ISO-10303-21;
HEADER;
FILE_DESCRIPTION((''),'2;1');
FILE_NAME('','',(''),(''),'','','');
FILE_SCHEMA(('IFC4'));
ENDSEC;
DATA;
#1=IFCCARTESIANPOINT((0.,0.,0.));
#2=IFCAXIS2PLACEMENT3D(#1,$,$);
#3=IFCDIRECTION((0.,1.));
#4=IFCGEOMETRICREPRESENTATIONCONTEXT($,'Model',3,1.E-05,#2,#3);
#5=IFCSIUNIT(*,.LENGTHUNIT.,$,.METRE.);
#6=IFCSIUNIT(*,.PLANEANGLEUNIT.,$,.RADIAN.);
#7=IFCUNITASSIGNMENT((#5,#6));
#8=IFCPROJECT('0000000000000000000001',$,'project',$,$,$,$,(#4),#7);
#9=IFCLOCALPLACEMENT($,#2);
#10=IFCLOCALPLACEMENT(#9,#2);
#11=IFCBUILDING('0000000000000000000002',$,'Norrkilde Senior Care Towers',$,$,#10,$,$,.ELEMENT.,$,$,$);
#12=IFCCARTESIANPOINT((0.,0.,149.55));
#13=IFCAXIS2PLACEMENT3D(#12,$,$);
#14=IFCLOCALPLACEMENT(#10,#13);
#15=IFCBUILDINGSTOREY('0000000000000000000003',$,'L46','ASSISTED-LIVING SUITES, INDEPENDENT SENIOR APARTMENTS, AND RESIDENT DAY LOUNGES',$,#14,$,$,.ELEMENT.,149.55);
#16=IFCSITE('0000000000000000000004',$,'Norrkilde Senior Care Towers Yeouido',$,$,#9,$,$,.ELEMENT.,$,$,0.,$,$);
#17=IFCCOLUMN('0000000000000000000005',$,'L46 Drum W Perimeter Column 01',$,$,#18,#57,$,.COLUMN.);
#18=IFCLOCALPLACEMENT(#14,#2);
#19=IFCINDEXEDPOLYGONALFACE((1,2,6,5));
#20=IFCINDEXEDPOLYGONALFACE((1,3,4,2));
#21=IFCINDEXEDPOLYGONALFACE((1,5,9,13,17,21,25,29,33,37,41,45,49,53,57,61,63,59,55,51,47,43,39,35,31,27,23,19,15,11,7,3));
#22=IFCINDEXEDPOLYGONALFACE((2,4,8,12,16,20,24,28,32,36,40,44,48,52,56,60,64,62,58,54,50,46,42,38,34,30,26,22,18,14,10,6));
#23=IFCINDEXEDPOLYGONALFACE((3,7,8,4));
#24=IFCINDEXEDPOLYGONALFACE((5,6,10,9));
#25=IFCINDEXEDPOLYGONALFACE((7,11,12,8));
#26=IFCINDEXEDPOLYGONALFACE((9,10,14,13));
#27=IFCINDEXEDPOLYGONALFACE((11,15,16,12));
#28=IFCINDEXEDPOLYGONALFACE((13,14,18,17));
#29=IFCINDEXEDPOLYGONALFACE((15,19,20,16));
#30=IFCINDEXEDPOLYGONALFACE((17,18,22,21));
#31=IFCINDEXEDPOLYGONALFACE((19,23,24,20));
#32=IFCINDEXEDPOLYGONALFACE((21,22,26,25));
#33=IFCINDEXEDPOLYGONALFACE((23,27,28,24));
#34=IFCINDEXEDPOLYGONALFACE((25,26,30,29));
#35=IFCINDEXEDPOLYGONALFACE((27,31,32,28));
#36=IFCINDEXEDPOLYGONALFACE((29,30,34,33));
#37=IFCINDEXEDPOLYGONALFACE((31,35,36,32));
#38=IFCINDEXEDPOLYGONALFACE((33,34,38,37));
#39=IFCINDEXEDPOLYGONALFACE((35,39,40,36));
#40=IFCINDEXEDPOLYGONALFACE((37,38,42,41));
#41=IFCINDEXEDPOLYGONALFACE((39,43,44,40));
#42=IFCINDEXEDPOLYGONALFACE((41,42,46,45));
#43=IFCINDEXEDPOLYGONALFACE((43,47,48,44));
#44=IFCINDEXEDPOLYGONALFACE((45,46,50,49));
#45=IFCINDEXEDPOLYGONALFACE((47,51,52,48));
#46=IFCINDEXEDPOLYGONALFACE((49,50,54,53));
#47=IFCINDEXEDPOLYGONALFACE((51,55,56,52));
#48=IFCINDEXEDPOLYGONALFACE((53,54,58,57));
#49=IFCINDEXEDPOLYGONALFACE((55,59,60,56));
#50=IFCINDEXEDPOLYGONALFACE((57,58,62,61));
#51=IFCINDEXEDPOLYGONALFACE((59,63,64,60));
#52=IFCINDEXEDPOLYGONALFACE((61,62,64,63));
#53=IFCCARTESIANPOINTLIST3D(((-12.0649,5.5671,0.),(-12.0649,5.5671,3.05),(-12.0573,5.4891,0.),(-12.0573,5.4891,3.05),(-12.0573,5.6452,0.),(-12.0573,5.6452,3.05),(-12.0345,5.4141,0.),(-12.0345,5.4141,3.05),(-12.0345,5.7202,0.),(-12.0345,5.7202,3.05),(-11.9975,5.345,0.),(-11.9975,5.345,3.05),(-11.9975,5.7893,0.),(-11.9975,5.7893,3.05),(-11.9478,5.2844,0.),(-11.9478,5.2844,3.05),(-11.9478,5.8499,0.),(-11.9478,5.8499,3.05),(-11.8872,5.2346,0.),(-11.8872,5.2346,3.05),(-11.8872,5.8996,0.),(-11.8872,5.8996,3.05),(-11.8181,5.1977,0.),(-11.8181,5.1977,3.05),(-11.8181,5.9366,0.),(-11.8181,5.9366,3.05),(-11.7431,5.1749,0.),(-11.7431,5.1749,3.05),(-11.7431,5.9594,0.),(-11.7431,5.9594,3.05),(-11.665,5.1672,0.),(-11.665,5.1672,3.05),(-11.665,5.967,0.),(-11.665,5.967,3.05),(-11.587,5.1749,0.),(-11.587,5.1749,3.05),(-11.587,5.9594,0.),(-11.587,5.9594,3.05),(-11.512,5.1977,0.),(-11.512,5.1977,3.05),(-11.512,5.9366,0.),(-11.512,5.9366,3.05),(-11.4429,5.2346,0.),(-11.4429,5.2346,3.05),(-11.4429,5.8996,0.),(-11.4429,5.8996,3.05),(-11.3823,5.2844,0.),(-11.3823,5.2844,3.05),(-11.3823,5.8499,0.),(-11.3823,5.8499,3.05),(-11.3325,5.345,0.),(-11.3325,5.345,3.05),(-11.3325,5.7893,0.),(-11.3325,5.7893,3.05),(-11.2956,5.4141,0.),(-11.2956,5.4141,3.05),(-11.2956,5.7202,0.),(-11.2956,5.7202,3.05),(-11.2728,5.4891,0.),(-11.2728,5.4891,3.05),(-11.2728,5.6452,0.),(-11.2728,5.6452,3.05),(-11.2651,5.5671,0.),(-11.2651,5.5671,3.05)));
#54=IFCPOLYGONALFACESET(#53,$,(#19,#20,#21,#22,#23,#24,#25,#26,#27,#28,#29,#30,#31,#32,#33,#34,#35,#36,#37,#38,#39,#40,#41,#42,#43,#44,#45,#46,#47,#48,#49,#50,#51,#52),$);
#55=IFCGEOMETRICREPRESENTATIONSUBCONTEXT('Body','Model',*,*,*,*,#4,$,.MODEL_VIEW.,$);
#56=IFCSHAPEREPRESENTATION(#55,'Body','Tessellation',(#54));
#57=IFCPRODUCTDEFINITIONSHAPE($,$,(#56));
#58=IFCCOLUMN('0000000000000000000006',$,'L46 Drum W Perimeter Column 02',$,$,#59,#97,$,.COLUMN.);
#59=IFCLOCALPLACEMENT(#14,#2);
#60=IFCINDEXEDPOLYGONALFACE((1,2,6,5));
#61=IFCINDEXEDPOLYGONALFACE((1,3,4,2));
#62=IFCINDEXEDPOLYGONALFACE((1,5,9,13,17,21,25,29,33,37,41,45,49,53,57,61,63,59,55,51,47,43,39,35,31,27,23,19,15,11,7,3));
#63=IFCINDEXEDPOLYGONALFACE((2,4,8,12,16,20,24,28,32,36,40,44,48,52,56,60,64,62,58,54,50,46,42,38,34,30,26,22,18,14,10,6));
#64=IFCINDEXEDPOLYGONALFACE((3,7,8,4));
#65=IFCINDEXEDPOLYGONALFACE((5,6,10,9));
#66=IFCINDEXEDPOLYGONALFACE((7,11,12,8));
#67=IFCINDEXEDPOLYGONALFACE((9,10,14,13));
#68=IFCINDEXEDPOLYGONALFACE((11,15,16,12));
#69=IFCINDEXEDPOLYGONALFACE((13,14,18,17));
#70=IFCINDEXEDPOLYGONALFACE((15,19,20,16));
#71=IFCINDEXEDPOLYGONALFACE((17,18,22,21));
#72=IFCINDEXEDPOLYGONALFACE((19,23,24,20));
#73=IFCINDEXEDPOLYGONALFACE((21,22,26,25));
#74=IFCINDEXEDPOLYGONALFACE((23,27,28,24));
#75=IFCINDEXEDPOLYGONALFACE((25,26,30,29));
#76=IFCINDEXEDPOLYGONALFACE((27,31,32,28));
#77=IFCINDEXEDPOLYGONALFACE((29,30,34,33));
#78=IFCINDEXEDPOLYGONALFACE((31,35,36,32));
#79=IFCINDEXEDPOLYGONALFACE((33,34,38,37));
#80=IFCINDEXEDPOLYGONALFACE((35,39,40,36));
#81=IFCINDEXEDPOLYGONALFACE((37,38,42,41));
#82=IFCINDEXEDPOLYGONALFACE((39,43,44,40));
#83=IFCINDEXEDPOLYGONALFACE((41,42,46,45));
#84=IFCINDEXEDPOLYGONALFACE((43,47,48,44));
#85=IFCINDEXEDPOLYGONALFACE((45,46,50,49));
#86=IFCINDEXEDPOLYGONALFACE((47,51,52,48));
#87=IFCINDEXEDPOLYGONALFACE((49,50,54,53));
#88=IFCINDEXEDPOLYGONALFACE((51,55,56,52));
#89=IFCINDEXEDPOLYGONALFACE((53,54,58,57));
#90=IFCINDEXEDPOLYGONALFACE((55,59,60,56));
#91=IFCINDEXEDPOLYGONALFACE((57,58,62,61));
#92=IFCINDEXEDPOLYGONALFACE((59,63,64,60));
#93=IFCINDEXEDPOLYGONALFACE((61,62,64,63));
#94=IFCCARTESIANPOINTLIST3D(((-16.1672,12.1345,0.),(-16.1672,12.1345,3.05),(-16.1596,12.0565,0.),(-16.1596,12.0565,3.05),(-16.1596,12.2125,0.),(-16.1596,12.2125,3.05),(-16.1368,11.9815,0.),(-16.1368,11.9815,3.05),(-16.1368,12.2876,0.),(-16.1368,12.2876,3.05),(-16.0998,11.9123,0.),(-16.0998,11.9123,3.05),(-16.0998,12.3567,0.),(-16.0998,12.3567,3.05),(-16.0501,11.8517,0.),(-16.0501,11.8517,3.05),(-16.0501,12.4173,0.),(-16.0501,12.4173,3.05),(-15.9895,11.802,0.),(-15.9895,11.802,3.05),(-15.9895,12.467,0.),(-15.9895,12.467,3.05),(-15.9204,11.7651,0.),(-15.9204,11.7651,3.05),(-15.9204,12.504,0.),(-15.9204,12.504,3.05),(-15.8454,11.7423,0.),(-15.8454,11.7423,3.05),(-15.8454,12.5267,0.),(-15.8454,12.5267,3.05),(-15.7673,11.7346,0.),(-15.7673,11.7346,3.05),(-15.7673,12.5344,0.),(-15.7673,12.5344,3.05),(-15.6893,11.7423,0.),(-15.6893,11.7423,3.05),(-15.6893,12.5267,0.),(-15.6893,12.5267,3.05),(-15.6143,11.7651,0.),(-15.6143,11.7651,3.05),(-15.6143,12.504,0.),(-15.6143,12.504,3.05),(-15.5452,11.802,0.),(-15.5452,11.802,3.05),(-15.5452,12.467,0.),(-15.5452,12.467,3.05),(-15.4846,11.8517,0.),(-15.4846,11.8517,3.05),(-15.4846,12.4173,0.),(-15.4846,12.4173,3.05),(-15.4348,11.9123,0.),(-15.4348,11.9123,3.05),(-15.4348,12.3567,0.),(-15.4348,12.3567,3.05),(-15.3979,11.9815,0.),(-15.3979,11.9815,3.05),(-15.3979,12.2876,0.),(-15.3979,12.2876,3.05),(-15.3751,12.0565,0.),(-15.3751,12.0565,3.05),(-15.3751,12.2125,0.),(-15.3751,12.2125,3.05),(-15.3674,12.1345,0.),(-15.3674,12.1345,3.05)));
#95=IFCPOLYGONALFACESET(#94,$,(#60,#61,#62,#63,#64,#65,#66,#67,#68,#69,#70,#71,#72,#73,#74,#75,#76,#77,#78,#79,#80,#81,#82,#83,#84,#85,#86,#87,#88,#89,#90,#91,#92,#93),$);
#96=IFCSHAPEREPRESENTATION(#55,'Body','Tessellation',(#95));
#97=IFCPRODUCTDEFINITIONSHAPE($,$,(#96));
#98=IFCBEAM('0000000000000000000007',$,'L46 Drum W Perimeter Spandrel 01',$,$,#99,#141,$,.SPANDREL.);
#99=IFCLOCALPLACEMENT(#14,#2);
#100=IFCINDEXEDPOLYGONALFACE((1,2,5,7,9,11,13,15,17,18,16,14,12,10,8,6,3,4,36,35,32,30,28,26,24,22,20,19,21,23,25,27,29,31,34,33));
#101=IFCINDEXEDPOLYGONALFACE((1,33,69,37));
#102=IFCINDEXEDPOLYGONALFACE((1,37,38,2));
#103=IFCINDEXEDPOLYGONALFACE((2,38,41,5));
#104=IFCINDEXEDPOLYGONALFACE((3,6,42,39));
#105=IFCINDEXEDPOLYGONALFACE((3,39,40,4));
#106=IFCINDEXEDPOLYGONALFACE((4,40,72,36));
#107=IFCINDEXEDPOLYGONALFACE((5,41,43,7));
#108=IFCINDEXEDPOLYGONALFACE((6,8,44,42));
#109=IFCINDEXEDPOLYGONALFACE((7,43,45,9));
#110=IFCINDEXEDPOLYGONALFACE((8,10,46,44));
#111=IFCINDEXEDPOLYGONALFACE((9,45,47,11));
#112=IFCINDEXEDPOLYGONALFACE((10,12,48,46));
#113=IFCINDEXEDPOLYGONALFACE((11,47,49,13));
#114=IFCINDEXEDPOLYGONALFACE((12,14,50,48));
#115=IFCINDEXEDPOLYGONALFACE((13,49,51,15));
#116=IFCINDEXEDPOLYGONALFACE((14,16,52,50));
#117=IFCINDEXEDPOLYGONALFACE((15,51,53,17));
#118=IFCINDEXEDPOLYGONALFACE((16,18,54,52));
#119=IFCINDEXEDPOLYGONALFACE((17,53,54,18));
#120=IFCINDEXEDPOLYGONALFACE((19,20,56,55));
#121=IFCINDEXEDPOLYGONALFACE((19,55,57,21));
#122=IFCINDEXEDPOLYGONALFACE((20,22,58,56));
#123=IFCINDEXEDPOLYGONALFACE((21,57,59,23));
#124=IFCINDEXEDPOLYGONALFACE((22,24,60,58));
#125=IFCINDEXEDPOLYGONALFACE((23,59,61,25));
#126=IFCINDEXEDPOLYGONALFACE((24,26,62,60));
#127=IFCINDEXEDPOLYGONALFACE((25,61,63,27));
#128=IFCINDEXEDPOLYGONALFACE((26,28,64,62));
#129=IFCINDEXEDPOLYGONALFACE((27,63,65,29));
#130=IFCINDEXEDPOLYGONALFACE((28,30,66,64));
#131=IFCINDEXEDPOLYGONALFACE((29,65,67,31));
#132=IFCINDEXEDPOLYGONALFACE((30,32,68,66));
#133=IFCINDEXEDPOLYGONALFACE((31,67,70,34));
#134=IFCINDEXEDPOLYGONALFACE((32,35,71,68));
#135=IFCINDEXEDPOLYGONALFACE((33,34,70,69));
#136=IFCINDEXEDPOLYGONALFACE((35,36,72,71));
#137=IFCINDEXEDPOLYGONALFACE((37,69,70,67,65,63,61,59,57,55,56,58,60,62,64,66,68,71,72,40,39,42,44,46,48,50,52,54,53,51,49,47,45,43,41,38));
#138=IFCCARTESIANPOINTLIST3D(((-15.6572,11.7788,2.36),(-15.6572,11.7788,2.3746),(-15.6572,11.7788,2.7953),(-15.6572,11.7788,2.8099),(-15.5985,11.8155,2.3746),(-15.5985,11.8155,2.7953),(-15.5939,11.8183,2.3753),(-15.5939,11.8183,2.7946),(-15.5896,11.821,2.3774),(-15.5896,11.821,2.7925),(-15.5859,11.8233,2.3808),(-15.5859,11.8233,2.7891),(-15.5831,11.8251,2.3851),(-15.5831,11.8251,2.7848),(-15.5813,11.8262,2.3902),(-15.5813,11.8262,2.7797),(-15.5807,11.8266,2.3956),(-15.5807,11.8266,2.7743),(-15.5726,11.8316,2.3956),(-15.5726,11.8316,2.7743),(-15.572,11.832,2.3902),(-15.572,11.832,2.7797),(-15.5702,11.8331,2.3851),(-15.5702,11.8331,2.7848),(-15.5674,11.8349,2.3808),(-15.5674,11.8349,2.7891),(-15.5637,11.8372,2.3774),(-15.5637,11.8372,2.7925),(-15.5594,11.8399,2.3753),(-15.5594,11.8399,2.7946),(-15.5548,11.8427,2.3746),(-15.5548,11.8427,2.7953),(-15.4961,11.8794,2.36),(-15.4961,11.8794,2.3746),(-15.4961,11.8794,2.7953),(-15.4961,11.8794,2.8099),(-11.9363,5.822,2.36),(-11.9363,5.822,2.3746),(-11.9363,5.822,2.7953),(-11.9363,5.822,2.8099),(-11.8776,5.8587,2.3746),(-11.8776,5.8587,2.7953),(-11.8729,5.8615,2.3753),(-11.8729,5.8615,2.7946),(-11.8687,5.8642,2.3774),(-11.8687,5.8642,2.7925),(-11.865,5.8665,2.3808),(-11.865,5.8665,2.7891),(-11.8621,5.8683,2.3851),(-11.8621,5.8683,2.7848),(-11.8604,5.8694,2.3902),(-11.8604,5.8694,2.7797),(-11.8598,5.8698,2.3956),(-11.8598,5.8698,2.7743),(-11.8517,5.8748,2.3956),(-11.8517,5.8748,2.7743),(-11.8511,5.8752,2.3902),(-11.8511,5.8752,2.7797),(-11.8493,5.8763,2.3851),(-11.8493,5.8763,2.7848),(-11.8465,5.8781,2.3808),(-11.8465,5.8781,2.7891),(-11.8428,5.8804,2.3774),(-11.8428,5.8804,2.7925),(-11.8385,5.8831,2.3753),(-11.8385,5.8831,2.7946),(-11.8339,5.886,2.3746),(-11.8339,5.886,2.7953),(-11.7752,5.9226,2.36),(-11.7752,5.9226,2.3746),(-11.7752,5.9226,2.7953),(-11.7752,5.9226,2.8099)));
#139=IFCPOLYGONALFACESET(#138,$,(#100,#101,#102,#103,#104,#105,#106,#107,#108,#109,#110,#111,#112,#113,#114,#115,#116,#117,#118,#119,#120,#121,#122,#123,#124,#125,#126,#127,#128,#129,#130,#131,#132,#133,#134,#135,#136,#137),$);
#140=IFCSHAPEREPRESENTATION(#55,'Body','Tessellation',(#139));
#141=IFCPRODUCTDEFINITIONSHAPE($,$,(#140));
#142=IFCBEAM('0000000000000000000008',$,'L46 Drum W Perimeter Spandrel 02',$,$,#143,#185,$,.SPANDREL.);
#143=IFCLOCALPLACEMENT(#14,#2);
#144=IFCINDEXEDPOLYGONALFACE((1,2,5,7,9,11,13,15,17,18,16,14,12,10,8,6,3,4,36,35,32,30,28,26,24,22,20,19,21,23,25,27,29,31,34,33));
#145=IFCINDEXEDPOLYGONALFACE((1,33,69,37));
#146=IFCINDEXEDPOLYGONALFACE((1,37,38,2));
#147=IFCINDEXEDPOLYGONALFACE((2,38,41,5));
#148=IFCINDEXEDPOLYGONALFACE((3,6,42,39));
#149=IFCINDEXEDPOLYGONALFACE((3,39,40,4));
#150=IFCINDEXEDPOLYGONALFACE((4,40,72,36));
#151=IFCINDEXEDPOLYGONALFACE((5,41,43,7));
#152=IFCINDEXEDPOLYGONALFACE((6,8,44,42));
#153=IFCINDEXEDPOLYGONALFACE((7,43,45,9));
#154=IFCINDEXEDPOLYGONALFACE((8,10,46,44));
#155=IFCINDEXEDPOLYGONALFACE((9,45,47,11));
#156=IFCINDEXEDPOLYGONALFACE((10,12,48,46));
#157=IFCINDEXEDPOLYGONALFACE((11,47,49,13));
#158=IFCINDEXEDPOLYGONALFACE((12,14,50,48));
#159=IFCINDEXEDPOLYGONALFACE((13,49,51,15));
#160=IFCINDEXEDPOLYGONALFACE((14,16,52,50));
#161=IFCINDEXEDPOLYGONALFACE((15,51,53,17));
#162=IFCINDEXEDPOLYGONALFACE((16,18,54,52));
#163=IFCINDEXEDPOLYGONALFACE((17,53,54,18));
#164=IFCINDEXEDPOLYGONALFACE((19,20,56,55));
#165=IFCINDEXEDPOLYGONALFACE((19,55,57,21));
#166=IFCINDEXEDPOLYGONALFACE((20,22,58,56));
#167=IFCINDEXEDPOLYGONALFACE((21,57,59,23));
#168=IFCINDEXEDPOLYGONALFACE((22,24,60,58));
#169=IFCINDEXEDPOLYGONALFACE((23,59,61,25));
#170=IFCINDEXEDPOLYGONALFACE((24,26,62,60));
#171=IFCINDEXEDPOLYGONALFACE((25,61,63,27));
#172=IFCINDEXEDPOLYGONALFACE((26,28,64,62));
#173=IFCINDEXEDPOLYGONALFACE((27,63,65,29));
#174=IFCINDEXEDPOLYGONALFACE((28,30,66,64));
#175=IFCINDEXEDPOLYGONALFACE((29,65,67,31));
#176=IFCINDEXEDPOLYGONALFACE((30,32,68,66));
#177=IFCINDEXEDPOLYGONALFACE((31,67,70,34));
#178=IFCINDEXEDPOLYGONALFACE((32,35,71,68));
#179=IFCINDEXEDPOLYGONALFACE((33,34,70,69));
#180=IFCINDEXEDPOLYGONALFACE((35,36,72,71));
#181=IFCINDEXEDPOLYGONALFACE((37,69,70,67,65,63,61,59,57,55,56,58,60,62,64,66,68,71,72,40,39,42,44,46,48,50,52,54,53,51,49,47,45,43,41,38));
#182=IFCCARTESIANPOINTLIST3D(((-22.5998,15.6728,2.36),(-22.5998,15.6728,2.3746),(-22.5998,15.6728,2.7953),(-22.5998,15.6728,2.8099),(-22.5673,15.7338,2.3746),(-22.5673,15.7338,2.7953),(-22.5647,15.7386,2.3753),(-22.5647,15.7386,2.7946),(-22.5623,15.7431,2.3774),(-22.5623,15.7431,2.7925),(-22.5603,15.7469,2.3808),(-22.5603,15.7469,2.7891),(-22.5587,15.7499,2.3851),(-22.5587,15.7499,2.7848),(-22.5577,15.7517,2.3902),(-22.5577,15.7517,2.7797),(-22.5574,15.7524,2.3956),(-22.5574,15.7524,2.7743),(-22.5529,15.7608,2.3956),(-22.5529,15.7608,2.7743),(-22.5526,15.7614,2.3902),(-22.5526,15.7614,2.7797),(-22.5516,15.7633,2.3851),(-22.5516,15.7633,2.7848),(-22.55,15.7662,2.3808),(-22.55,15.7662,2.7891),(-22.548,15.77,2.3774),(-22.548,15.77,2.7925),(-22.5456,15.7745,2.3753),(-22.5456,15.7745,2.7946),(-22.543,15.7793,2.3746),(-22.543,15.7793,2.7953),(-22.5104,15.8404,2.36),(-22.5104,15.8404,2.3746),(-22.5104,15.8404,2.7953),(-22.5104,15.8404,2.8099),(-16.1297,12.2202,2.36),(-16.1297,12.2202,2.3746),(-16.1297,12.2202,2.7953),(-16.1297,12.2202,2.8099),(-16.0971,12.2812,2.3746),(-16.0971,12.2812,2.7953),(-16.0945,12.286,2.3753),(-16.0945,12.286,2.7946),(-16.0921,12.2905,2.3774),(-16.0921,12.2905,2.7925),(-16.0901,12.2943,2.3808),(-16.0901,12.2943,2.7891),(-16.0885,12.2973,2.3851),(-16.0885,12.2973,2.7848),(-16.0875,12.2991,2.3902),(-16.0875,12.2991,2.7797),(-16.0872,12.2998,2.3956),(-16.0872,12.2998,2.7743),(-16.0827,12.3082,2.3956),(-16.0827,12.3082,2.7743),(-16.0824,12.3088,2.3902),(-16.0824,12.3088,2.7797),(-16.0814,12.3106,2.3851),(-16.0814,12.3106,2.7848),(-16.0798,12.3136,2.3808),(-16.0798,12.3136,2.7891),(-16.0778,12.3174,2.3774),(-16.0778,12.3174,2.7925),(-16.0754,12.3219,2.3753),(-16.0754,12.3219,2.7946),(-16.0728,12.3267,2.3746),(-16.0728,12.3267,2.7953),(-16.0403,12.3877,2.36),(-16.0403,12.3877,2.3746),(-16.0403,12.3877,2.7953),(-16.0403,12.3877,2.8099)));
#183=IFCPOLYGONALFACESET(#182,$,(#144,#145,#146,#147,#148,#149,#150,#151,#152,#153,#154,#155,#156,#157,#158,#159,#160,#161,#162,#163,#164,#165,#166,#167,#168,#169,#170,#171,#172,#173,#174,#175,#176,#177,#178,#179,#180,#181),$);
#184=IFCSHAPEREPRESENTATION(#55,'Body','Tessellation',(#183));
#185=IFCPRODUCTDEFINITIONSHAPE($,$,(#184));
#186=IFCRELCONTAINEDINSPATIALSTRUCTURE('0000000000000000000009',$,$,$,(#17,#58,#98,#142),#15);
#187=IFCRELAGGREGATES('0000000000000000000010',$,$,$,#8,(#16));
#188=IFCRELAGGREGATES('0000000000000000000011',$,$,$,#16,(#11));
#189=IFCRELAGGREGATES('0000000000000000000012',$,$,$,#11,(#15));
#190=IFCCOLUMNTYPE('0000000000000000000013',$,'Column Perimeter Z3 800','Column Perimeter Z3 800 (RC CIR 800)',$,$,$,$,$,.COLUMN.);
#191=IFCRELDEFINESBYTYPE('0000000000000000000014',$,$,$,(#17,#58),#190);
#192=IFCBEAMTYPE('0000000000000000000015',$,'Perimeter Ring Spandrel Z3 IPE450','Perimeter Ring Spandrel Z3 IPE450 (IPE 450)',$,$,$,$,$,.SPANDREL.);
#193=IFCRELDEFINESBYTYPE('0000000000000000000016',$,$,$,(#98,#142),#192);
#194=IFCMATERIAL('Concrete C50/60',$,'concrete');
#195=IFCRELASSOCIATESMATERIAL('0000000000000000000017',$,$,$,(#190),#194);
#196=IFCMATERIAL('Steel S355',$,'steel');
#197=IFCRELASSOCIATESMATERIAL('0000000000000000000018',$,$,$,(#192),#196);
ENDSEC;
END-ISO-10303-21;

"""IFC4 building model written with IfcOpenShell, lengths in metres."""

from ifc_helpers import new_model, si_unit, direction, frame, origin, origin_2d, place, context, subcontext, project, spatial, circle, i_section, extrude, source, transform, mapped, material, material_profile, profile_set, type_object, type_shapes, element, save


model = new_model("IFC4")

# Units and contexts
model_context = context("Model", 3, precision=1e-05, world=origin(), true_north=direction((0.0, 1.0)))
body_context = subcontext(model_context, "Body", "Model", "MODEL_VIEW")
ifc_project = project(units=[si_unit("LENGTHUNIT", "METRE"), si_unit("PLANEANGLEUNIT", "RADIAN")], contexts=[model_context])

# Site, building, storey
site_placement = place(None, origin())
site = spatial("IfcSite", under=ifc_project, at=site_placement, Name="Norrkilde Senior Care Towers Yeouido", CompositionType="ELEMENT", RefElevation=0.0)
building_placement = place(site_placement, origin())
building = spatial("IfcBuilding", under=site, at=building_placement, Name="Norrkilde Senior Care Towers", CompositionType="ELEMENT")
storey_placement = place(building_placement, frame((0.0, 0.0, 149.55)))
storey = spatial("IfcBuildingStorey", under=building, at=storey_placement, Name="L46", Description="ASSISTED-LIVING SUITES, INDEPENDENT SENIOR APARTMENTS, AND RESIDENT DAY LOUNGES", CompositionType="ELEMENT", Elevation=149.55)

# Columns
ifc_material_1 = material(Name="Concrete C50/60", Category="concrete")
ifc_material_profile_1 = material_profile(ifc_material_1, circle(Radius=0.3999, at=origin_2d()), Name="RC CIR 800")
ifc_profile_set_1 = profile_set([ifc_material_profile_1], Name="Concrete C50/60")
column_type = type_object("IfcColumnType", Name="Column Perimeter Z3 800", Description="Column Perimeter Z3 800 (RC CIR 800)", PredefinedType="COLUMN", material=ifc_profile_set_1)
shared_shape_1 = source(origin(), body_context, "Body", "SweptSolid", [
    extrude(circle(Radius=0.3999, at=origin_2d()), origin(), (0.0, 0.0, 1.0), 3.05),
])
type_shapes(column_type, [shared_shape_1])
for number, where, z_axis, x_axis, name in (
    (1, (-11.665, 5.5671, 0.0), (0.0, 0.0, 1.0), (1.0, 0.0, 0.0), "L46 Drum W Perimeter Column 01"),
    (2, (-15.7673, 12.1345, 0.0), (0.0, 0.0, 1.0), (1.0, 0.0, 0.0), "L46 Drum W Perimeter Column 02"),
):
    element("IfcColumn", number, at=place(storey_placement, frame(where, z_axis=z_axis, x_axis=x_axis)), inside=storey, type_object=column_type, Name=name, PredefinedType="COLUMN", context=body_context, shape_type="MappedRepresentation", body=[
        mapped(shared_shape_1, transform((0.0, 0.0, 0.0), x_axis=(1.0, 0.0, 0.0), y_axis=(0.0, 1.0, 0.0), z_axis=(0.0, 0.0, 1.0), scale=1.0)),
    ])

# Beams
ifc_material_2 = material(Name="Steel S355", Category="steel")
ifc_material_profile_2 = material_profile(ifc_material_2, i_section(OverallWidth=0.1899, OverallDepth=0.45, WebThickness=0.0095, FlangeThickness=0.0146, FilletRadius=0.021, at=origin_2d()), Name="IPE 450")
ifc_profile_set_2 = profile_set([ifc_material_profile_2], Name="Steel S355")
beam_type_1 = type_object("IfcBeamType", Name="Perimeter Ring Spandrel Z3 IPE450", Description="Perimeter Ring Spandrel Z3 IPE450 (IPE 450)", PredefinedType="SPANDREL", material=ifc_profile_set_2)
shared_shape_2 = source(origin(), body_context, "Body", "SweptSolid", [
    extrude(i_section(OverallWidth=0.1899, OverallDepth=0.45, WebThickness=0.0095, FlangeThickness=0.0146, FilletRadius=0.021, at=origin_2d()), origin(), (0.0, 0.0, 1.0), 7.0234),
])
beam_1_placement = place(storey_placement, frame((-11.8557, 5.8723, 2.585), z_axis=(-0.52979, 0.848129, 0.0), x_axis=(-0.848129, -0.52979, 0.0)))
element("IfcBeam", 3, at=beam_1_placement, inside=storey, type_object=beam_type_1, Name="L46 Drum W Perimeter Spandrel 01", PredefinedType="SPANDREL", context=body_context, shape_type="MappedRepresentation", body=[
    mapped(shared_shape_2, transform((0.0, 0.0, 0.0), x_axis=(1.0, 0.0, 0.0), y_axis=(0.0, 1.0, 0.0), z_axis=(0.0, 0.0, 1.0), scale=1.0)),
])
shared_shape_3 = source(origin(), body_context, "Body", "SweptSolid", [
    extrude(i_section(OverallWidth=0.1899, OverallDepth=0.45, WebThickness=0.0095, FlangeThickness=0.0146, FilletRadius=0.021, at=origin_2d()), origin(), (0.0, 0.0, 1.0), 7.3337),
])
type_shapes(beam_type_1, [shared_shape_2, shared_shape_3])
beam_2_placement = place(storey_placement, frame((-16.085, 12.304, 2.585), z_axis=(-0.882248, 0.470785, 0.0), x_axis=(-0.470785, -0.882248, 0.0)))
element("IfcBeam", 4, at=beam_2_placement, inside=storey, type_object=beam_type_1, Name="L46 Drum W Perimeter Spandrel 02", PredefinedType="SPANDREL", context=body_context, shape_type="MappedRepresentation", body=[
    mapped(shared_shape_3, transform((0.0, 0.0, 0.0), x_axis=(1.0, 0.0, 0.0), y_axis=(0.0, 1.0, 0.0), z_axis=(0.0, 0.0, 1.0), scale=1.0)),
])

save(model, "model.ifc")
